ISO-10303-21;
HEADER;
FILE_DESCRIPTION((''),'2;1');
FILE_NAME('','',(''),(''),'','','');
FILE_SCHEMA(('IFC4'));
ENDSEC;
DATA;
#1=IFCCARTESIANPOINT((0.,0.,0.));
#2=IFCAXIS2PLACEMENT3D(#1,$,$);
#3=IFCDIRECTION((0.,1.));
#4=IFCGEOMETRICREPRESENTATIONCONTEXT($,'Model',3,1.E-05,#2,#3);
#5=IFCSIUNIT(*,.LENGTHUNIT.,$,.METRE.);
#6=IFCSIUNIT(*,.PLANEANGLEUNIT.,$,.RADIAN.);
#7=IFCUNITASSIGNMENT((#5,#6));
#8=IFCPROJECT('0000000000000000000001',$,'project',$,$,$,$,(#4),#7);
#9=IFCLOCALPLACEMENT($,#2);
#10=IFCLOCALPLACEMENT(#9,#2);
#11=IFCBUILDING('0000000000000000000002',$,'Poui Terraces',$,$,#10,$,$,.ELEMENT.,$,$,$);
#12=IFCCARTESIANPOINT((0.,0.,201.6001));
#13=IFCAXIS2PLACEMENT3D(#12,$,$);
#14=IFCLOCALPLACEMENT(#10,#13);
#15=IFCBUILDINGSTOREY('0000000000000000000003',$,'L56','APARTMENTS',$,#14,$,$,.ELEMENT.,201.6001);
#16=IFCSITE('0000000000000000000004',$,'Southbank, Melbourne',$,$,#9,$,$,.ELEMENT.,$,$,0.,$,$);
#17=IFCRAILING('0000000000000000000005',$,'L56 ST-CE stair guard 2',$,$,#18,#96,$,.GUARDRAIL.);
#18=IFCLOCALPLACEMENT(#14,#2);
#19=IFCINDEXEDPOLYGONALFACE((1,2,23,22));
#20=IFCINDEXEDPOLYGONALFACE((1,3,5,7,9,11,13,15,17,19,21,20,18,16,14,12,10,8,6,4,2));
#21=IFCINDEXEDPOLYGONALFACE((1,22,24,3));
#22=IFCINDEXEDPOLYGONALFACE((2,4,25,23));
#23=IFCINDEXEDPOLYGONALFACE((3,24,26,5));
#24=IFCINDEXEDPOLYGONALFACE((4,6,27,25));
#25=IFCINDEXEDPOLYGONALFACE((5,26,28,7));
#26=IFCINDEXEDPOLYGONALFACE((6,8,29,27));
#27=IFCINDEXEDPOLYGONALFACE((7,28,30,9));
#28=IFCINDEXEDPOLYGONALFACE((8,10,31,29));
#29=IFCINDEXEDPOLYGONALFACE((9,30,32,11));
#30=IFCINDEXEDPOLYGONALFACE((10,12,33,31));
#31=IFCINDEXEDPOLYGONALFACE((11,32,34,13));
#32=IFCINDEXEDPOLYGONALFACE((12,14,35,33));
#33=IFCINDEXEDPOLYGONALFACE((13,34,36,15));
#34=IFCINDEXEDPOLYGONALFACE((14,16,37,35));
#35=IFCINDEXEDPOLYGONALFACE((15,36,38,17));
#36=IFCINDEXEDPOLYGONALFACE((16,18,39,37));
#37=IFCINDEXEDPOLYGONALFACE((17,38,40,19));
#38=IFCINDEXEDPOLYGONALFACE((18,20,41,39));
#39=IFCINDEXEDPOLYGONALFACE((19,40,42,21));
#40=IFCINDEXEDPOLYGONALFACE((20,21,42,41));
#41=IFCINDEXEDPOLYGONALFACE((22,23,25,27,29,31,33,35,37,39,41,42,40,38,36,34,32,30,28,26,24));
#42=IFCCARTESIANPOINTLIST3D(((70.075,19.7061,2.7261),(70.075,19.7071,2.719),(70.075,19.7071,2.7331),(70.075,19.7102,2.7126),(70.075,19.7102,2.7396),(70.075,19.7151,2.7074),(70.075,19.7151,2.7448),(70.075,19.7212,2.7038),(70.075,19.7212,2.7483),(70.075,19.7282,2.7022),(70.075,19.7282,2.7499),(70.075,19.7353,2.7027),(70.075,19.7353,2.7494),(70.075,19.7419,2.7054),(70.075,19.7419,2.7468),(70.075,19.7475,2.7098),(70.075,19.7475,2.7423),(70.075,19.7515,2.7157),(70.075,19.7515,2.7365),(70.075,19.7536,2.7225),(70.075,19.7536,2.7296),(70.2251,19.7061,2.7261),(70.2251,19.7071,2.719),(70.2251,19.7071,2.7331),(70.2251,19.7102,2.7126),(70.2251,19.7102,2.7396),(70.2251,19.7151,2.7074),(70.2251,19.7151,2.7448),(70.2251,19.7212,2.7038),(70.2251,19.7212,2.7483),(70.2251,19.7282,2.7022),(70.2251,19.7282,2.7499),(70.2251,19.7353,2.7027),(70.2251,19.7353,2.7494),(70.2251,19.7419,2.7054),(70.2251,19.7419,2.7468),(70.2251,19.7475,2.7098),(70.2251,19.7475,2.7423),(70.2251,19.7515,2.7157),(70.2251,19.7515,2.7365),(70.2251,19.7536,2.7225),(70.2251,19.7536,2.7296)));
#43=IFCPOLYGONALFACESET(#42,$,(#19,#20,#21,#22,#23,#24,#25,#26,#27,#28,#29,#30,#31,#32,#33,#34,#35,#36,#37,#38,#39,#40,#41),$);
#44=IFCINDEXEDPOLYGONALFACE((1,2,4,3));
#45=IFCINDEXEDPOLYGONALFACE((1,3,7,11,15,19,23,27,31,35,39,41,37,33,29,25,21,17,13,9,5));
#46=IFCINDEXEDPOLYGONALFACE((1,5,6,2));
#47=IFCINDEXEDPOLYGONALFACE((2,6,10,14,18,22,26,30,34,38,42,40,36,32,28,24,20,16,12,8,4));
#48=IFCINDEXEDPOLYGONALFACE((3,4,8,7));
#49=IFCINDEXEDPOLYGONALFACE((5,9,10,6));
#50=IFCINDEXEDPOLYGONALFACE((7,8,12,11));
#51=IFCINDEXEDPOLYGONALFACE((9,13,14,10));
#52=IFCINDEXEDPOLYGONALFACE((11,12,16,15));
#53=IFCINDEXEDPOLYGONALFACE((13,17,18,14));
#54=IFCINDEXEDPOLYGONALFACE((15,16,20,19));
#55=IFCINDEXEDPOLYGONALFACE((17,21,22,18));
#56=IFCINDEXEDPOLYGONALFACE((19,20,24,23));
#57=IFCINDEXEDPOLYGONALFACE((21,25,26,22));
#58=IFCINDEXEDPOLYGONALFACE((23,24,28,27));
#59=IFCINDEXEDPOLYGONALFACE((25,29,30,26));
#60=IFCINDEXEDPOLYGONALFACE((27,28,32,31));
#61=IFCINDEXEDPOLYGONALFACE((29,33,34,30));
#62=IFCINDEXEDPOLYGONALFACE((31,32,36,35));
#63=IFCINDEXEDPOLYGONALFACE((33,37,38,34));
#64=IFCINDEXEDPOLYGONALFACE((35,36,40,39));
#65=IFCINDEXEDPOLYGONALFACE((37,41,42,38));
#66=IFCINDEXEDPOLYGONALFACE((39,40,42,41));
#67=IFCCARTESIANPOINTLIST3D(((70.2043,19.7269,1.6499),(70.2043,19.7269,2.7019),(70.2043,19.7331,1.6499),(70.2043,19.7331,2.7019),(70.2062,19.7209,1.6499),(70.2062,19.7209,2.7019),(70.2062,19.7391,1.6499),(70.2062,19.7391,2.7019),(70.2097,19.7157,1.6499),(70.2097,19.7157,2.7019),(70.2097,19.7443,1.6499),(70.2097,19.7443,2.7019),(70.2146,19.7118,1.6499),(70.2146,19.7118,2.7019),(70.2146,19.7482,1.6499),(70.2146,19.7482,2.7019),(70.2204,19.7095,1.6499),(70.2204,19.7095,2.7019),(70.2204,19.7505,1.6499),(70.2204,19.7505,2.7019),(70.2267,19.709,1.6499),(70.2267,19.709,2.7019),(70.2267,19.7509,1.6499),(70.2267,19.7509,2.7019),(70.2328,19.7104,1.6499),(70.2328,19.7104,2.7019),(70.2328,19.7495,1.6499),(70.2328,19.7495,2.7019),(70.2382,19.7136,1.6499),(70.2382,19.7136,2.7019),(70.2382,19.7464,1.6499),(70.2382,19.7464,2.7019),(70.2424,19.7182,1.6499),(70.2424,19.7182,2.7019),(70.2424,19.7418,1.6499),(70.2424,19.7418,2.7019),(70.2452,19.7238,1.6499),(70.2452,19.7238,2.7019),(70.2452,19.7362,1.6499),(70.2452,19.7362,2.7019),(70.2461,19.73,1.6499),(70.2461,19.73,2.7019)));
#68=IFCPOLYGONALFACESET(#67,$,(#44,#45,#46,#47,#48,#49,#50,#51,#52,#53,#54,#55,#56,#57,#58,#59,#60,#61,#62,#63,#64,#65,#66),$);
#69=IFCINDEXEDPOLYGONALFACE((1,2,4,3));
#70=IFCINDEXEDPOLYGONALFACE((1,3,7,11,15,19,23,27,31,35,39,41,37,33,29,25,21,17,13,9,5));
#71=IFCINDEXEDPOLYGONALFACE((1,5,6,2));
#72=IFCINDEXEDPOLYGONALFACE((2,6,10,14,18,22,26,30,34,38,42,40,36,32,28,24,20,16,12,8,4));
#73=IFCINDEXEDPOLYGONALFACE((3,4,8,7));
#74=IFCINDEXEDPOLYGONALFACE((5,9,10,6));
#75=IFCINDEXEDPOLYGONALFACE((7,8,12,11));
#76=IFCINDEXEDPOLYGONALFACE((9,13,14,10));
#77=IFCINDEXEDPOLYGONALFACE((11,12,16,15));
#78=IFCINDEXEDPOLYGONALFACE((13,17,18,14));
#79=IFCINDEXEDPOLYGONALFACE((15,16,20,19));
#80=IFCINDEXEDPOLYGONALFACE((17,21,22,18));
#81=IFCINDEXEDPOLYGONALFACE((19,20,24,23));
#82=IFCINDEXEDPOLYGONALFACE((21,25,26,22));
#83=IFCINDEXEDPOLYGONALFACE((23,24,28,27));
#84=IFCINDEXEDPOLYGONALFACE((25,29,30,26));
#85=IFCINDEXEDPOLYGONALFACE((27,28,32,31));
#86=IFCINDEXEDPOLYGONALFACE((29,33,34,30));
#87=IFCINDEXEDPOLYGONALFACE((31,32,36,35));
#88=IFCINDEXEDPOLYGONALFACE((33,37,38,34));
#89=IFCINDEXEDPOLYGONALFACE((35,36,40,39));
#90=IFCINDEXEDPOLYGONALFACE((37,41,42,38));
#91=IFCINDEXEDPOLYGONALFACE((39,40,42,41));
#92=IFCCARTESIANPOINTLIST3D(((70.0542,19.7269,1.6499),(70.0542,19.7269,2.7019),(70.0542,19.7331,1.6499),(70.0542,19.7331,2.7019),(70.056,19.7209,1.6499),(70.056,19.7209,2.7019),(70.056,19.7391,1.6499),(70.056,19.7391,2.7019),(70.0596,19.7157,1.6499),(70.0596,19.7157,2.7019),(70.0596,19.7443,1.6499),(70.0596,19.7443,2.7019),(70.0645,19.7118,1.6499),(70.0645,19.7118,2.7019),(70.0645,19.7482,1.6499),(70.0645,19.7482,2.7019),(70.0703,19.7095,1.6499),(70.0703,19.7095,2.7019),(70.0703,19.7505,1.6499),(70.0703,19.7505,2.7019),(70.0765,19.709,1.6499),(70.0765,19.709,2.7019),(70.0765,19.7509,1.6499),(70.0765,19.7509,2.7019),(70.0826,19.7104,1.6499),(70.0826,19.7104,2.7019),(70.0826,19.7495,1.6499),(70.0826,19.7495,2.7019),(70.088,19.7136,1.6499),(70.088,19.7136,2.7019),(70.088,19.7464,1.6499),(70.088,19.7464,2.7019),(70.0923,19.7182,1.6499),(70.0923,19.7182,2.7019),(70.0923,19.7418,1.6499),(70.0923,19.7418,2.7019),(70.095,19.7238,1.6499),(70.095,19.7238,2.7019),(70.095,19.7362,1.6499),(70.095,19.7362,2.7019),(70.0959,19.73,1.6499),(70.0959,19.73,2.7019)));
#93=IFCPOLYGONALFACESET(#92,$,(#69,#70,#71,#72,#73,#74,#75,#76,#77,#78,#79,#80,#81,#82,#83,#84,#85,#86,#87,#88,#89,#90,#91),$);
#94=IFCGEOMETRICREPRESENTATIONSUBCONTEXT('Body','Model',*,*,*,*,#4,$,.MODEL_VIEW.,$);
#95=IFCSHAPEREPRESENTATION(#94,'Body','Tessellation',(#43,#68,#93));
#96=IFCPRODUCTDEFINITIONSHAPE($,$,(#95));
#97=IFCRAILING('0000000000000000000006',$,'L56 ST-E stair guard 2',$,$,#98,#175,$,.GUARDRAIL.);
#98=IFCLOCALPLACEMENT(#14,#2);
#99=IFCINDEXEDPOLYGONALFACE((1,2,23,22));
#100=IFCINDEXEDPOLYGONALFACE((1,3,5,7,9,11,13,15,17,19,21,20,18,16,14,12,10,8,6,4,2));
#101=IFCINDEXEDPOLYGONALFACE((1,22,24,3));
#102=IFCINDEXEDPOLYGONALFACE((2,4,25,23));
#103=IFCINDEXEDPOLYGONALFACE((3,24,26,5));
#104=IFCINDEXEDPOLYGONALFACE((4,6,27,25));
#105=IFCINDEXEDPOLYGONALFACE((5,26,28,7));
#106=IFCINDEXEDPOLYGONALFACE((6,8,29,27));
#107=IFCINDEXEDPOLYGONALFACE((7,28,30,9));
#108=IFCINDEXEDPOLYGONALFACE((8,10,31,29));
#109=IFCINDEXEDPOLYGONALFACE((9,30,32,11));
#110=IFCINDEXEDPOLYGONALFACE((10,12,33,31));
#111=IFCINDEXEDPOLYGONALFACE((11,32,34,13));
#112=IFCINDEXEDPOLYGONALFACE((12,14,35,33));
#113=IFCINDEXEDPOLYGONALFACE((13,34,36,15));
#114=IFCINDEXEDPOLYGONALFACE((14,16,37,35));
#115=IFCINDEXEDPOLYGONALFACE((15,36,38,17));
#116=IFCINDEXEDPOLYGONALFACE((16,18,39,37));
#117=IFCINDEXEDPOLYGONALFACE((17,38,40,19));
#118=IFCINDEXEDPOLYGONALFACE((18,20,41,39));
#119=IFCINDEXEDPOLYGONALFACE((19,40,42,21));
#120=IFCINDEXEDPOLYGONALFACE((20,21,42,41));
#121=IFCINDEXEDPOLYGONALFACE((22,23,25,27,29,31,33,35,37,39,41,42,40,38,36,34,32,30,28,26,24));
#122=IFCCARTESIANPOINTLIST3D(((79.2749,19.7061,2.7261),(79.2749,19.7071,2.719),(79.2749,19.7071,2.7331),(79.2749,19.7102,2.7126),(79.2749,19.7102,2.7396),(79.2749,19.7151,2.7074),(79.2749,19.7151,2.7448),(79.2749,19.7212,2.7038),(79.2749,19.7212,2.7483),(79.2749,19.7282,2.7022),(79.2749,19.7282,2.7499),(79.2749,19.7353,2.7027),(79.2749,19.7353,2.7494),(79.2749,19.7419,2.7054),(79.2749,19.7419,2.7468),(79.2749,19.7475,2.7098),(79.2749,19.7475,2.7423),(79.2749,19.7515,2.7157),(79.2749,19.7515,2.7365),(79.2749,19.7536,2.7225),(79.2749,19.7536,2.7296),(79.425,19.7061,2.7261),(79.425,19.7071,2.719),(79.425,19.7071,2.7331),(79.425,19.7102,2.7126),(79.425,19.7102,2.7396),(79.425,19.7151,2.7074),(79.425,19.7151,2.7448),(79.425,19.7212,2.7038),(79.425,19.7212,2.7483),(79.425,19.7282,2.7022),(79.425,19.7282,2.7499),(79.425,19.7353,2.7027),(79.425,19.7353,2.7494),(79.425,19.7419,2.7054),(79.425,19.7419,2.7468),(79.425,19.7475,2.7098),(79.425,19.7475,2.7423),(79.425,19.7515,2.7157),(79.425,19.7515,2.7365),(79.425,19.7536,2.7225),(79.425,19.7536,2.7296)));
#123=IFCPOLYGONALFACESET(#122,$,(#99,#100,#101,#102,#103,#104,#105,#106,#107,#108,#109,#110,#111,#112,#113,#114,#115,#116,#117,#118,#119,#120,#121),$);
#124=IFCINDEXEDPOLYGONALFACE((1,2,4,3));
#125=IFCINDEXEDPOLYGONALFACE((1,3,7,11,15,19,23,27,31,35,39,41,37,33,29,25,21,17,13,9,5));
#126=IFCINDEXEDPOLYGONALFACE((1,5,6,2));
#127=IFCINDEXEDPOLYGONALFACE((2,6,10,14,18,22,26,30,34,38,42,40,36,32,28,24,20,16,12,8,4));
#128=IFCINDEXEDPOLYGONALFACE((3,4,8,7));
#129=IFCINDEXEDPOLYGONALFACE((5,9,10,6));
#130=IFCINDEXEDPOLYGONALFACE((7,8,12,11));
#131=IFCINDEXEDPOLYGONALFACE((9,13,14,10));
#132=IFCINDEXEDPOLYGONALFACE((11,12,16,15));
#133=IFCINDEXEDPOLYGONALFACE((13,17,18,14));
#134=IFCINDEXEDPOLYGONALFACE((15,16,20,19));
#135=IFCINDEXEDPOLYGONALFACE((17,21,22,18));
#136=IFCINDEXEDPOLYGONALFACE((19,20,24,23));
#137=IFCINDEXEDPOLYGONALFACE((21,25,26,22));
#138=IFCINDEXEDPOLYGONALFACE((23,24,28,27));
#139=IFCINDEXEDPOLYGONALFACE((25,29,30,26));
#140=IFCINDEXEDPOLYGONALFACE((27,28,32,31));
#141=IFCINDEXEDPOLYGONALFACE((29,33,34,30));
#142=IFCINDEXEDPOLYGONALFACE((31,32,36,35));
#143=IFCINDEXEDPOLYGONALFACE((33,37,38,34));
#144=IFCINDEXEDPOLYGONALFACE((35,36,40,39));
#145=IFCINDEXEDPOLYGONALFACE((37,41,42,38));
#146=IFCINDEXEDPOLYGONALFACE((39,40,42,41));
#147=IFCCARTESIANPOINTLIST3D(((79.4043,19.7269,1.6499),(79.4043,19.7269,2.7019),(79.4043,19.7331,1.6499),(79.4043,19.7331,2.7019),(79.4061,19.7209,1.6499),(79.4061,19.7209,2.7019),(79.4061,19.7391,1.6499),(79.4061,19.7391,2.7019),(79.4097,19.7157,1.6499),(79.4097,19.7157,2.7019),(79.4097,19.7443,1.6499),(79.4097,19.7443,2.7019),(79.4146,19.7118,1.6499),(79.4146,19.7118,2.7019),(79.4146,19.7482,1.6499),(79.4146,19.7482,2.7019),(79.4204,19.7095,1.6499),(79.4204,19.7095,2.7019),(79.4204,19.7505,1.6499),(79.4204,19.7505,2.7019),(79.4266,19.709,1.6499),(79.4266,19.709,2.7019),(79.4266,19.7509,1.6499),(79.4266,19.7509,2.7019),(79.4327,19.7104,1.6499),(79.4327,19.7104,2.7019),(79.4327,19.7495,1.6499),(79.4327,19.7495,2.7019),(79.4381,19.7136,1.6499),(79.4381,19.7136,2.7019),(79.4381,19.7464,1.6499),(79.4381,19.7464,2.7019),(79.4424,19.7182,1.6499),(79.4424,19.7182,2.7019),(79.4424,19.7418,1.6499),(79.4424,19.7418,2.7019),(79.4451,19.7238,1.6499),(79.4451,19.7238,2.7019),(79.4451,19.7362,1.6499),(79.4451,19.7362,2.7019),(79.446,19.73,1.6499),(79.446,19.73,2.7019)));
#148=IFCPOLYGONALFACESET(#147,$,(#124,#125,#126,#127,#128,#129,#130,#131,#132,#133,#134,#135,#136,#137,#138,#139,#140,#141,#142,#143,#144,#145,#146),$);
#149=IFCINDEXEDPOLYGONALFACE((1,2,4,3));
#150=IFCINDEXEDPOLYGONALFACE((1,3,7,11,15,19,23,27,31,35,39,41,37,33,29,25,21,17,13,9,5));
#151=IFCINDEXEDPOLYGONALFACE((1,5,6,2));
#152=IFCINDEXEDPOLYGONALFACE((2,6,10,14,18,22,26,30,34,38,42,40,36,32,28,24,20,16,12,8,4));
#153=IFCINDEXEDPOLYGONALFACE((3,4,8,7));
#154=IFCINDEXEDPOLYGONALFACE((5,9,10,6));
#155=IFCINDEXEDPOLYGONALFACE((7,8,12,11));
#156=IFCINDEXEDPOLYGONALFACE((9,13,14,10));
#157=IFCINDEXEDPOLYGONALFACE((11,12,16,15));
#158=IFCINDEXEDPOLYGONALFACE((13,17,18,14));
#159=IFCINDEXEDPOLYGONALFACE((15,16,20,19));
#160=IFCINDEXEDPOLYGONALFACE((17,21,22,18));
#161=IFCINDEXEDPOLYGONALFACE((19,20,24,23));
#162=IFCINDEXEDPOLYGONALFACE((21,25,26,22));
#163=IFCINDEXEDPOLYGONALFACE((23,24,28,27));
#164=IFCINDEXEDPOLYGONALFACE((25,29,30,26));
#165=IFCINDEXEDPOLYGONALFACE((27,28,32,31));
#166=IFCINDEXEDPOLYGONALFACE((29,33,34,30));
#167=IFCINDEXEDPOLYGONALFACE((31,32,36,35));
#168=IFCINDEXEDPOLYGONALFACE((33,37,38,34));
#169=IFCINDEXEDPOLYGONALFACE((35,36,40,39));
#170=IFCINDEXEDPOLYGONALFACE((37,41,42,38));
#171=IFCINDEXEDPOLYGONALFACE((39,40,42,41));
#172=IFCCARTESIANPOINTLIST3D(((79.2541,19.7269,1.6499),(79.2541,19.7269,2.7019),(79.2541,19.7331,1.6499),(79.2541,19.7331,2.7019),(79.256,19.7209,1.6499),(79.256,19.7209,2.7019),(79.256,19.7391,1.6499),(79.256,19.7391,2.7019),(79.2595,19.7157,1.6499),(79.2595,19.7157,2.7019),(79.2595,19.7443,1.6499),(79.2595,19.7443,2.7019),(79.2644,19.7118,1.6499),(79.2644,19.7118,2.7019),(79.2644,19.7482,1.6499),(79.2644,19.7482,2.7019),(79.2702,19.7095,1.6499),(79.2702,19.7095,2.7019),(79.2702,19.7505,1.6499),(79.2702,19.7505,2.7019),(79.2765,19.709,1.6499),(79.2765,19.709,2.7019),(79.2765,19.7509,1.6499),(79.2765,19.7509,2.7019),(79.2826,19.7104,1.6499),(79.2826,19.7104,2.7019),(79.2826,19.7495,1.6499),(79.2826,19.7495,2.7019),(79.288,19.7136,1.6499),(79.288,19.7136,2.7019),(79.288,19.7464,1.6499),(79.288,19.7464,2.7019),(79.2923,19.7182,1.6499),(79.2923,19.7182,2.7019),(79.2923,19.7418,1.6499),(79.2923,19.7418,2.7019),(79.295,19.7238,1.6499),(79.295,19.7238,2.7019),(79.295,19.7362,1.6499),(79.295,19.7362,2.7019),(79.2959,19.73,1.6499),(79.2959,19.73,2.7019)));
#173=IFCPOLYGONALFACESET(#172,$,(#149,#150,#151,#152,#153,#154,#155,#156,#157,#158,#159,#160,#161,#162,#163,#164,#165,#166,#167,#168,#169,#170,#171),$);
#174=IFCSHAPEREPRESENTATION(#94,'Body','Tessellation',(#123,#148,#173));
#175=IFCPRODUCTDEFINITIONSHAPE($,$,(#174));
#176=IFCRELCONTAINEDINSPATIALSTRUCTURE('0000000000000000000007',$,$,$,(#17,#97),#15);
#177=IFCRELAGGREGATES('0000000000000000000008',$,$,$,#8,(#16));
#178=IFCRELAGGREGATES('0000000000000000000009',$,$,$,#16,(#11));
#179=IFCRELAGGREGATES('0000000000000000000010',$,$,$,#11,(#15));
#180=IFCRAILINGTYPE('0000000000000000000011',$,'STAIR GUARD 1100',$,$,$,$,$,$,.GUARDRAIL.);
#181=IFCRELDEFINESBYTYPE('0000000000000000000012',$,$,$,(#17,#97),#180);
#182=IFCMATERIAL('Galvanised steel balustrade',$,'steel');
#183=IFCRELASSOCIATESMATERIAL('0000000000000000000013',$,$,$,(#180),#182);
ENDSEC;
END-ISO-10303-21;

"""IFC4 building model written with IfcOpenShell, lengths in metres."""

from ifc_helpers import new_model, si_unit, direction, frame, origin, origin_2d, place, context, subcontext, project, spatial, circle, extrude, material, type_object, element, save


model = new_model("IFC4")

# Units and contexts
model_context = context("Model", 3, precision=1e-05, world=origin(), true_north=direction((0.0, 1.0)))
body_context = subcontext(model_context, "Body", "Model", "MODEL_VIEW")
ifc_project = project(units=[si_unit("LENGTHUNIT", "METRE"), si_unit("PLANEANGLEUNIT", "RADIAN")], contexts=[model_context])

# Site, building, storey
site_placement = place(None, origin())
site = spatial("IfcSite", under=ifc_project, at=site_placement, Name="Southbank, Melbourne", CompositionType="ELEMENT", RefElevation=0.0)
building_placement = place(site_placement, origin())
building = spatial("IfcBuilding", under=site, at=building_placement, Name="Poui Terraces", CompositionType="ELEMENT")
storey_placement = place(building_placement, frame((0.0, 0.0, 201.6001)))
storey = spatial("IfcBuildingStorey", under=building, at=storey_placement, Name="L56", Description="APARTMENTS", CompositionType="ELEMENT", Elevation=201.6001)

# Railings
ifc_material_1 = material(Name="Galvanised steel balustrade", Category="steel")
railing_type = type_object("IfcRailingType", Name="STAIR GUARD 1100", PredefinedType="GUARDRAIL", material=ifc_material_1)
for number, where, name in (
    (1, (70.2251, 19.73, 1.6499), "L56 ST-CE stair guard 2"),
    (2, (79.425, 19.73, 1.6499), "L56 ST-E stair guard 2"),
):
    element("IfcRailing", number, at=place(storey_placement, frame(where)), inside=storey, type_object=railing_type, Name=name, PredefinedType="GUARDRAIL", context=body_context, shape_type="SweptSolid", body=[
        extrude(circle(Radius=0.0239, at=origin_2d()), frame((0.0, 0.0, 1.0762), z_axis=(-1.0, 0.0, 0.0), x_axis=(0.0, -1.0, 0.0)), (0.0, 0.0, 1.0), 0.1501),
        extrude(circle(Radius=0.021, at=origin_2d()), origin(), (0.0, 0.0, 1.0), 1.052),
        extrude(circle(Radius=0.021, at=origin_2d()), frame((-0.1501, 0.0, 0.0)), (0.0, 0.0, 1.0), 1.052),
    ])

save(model, "model.ifc")
